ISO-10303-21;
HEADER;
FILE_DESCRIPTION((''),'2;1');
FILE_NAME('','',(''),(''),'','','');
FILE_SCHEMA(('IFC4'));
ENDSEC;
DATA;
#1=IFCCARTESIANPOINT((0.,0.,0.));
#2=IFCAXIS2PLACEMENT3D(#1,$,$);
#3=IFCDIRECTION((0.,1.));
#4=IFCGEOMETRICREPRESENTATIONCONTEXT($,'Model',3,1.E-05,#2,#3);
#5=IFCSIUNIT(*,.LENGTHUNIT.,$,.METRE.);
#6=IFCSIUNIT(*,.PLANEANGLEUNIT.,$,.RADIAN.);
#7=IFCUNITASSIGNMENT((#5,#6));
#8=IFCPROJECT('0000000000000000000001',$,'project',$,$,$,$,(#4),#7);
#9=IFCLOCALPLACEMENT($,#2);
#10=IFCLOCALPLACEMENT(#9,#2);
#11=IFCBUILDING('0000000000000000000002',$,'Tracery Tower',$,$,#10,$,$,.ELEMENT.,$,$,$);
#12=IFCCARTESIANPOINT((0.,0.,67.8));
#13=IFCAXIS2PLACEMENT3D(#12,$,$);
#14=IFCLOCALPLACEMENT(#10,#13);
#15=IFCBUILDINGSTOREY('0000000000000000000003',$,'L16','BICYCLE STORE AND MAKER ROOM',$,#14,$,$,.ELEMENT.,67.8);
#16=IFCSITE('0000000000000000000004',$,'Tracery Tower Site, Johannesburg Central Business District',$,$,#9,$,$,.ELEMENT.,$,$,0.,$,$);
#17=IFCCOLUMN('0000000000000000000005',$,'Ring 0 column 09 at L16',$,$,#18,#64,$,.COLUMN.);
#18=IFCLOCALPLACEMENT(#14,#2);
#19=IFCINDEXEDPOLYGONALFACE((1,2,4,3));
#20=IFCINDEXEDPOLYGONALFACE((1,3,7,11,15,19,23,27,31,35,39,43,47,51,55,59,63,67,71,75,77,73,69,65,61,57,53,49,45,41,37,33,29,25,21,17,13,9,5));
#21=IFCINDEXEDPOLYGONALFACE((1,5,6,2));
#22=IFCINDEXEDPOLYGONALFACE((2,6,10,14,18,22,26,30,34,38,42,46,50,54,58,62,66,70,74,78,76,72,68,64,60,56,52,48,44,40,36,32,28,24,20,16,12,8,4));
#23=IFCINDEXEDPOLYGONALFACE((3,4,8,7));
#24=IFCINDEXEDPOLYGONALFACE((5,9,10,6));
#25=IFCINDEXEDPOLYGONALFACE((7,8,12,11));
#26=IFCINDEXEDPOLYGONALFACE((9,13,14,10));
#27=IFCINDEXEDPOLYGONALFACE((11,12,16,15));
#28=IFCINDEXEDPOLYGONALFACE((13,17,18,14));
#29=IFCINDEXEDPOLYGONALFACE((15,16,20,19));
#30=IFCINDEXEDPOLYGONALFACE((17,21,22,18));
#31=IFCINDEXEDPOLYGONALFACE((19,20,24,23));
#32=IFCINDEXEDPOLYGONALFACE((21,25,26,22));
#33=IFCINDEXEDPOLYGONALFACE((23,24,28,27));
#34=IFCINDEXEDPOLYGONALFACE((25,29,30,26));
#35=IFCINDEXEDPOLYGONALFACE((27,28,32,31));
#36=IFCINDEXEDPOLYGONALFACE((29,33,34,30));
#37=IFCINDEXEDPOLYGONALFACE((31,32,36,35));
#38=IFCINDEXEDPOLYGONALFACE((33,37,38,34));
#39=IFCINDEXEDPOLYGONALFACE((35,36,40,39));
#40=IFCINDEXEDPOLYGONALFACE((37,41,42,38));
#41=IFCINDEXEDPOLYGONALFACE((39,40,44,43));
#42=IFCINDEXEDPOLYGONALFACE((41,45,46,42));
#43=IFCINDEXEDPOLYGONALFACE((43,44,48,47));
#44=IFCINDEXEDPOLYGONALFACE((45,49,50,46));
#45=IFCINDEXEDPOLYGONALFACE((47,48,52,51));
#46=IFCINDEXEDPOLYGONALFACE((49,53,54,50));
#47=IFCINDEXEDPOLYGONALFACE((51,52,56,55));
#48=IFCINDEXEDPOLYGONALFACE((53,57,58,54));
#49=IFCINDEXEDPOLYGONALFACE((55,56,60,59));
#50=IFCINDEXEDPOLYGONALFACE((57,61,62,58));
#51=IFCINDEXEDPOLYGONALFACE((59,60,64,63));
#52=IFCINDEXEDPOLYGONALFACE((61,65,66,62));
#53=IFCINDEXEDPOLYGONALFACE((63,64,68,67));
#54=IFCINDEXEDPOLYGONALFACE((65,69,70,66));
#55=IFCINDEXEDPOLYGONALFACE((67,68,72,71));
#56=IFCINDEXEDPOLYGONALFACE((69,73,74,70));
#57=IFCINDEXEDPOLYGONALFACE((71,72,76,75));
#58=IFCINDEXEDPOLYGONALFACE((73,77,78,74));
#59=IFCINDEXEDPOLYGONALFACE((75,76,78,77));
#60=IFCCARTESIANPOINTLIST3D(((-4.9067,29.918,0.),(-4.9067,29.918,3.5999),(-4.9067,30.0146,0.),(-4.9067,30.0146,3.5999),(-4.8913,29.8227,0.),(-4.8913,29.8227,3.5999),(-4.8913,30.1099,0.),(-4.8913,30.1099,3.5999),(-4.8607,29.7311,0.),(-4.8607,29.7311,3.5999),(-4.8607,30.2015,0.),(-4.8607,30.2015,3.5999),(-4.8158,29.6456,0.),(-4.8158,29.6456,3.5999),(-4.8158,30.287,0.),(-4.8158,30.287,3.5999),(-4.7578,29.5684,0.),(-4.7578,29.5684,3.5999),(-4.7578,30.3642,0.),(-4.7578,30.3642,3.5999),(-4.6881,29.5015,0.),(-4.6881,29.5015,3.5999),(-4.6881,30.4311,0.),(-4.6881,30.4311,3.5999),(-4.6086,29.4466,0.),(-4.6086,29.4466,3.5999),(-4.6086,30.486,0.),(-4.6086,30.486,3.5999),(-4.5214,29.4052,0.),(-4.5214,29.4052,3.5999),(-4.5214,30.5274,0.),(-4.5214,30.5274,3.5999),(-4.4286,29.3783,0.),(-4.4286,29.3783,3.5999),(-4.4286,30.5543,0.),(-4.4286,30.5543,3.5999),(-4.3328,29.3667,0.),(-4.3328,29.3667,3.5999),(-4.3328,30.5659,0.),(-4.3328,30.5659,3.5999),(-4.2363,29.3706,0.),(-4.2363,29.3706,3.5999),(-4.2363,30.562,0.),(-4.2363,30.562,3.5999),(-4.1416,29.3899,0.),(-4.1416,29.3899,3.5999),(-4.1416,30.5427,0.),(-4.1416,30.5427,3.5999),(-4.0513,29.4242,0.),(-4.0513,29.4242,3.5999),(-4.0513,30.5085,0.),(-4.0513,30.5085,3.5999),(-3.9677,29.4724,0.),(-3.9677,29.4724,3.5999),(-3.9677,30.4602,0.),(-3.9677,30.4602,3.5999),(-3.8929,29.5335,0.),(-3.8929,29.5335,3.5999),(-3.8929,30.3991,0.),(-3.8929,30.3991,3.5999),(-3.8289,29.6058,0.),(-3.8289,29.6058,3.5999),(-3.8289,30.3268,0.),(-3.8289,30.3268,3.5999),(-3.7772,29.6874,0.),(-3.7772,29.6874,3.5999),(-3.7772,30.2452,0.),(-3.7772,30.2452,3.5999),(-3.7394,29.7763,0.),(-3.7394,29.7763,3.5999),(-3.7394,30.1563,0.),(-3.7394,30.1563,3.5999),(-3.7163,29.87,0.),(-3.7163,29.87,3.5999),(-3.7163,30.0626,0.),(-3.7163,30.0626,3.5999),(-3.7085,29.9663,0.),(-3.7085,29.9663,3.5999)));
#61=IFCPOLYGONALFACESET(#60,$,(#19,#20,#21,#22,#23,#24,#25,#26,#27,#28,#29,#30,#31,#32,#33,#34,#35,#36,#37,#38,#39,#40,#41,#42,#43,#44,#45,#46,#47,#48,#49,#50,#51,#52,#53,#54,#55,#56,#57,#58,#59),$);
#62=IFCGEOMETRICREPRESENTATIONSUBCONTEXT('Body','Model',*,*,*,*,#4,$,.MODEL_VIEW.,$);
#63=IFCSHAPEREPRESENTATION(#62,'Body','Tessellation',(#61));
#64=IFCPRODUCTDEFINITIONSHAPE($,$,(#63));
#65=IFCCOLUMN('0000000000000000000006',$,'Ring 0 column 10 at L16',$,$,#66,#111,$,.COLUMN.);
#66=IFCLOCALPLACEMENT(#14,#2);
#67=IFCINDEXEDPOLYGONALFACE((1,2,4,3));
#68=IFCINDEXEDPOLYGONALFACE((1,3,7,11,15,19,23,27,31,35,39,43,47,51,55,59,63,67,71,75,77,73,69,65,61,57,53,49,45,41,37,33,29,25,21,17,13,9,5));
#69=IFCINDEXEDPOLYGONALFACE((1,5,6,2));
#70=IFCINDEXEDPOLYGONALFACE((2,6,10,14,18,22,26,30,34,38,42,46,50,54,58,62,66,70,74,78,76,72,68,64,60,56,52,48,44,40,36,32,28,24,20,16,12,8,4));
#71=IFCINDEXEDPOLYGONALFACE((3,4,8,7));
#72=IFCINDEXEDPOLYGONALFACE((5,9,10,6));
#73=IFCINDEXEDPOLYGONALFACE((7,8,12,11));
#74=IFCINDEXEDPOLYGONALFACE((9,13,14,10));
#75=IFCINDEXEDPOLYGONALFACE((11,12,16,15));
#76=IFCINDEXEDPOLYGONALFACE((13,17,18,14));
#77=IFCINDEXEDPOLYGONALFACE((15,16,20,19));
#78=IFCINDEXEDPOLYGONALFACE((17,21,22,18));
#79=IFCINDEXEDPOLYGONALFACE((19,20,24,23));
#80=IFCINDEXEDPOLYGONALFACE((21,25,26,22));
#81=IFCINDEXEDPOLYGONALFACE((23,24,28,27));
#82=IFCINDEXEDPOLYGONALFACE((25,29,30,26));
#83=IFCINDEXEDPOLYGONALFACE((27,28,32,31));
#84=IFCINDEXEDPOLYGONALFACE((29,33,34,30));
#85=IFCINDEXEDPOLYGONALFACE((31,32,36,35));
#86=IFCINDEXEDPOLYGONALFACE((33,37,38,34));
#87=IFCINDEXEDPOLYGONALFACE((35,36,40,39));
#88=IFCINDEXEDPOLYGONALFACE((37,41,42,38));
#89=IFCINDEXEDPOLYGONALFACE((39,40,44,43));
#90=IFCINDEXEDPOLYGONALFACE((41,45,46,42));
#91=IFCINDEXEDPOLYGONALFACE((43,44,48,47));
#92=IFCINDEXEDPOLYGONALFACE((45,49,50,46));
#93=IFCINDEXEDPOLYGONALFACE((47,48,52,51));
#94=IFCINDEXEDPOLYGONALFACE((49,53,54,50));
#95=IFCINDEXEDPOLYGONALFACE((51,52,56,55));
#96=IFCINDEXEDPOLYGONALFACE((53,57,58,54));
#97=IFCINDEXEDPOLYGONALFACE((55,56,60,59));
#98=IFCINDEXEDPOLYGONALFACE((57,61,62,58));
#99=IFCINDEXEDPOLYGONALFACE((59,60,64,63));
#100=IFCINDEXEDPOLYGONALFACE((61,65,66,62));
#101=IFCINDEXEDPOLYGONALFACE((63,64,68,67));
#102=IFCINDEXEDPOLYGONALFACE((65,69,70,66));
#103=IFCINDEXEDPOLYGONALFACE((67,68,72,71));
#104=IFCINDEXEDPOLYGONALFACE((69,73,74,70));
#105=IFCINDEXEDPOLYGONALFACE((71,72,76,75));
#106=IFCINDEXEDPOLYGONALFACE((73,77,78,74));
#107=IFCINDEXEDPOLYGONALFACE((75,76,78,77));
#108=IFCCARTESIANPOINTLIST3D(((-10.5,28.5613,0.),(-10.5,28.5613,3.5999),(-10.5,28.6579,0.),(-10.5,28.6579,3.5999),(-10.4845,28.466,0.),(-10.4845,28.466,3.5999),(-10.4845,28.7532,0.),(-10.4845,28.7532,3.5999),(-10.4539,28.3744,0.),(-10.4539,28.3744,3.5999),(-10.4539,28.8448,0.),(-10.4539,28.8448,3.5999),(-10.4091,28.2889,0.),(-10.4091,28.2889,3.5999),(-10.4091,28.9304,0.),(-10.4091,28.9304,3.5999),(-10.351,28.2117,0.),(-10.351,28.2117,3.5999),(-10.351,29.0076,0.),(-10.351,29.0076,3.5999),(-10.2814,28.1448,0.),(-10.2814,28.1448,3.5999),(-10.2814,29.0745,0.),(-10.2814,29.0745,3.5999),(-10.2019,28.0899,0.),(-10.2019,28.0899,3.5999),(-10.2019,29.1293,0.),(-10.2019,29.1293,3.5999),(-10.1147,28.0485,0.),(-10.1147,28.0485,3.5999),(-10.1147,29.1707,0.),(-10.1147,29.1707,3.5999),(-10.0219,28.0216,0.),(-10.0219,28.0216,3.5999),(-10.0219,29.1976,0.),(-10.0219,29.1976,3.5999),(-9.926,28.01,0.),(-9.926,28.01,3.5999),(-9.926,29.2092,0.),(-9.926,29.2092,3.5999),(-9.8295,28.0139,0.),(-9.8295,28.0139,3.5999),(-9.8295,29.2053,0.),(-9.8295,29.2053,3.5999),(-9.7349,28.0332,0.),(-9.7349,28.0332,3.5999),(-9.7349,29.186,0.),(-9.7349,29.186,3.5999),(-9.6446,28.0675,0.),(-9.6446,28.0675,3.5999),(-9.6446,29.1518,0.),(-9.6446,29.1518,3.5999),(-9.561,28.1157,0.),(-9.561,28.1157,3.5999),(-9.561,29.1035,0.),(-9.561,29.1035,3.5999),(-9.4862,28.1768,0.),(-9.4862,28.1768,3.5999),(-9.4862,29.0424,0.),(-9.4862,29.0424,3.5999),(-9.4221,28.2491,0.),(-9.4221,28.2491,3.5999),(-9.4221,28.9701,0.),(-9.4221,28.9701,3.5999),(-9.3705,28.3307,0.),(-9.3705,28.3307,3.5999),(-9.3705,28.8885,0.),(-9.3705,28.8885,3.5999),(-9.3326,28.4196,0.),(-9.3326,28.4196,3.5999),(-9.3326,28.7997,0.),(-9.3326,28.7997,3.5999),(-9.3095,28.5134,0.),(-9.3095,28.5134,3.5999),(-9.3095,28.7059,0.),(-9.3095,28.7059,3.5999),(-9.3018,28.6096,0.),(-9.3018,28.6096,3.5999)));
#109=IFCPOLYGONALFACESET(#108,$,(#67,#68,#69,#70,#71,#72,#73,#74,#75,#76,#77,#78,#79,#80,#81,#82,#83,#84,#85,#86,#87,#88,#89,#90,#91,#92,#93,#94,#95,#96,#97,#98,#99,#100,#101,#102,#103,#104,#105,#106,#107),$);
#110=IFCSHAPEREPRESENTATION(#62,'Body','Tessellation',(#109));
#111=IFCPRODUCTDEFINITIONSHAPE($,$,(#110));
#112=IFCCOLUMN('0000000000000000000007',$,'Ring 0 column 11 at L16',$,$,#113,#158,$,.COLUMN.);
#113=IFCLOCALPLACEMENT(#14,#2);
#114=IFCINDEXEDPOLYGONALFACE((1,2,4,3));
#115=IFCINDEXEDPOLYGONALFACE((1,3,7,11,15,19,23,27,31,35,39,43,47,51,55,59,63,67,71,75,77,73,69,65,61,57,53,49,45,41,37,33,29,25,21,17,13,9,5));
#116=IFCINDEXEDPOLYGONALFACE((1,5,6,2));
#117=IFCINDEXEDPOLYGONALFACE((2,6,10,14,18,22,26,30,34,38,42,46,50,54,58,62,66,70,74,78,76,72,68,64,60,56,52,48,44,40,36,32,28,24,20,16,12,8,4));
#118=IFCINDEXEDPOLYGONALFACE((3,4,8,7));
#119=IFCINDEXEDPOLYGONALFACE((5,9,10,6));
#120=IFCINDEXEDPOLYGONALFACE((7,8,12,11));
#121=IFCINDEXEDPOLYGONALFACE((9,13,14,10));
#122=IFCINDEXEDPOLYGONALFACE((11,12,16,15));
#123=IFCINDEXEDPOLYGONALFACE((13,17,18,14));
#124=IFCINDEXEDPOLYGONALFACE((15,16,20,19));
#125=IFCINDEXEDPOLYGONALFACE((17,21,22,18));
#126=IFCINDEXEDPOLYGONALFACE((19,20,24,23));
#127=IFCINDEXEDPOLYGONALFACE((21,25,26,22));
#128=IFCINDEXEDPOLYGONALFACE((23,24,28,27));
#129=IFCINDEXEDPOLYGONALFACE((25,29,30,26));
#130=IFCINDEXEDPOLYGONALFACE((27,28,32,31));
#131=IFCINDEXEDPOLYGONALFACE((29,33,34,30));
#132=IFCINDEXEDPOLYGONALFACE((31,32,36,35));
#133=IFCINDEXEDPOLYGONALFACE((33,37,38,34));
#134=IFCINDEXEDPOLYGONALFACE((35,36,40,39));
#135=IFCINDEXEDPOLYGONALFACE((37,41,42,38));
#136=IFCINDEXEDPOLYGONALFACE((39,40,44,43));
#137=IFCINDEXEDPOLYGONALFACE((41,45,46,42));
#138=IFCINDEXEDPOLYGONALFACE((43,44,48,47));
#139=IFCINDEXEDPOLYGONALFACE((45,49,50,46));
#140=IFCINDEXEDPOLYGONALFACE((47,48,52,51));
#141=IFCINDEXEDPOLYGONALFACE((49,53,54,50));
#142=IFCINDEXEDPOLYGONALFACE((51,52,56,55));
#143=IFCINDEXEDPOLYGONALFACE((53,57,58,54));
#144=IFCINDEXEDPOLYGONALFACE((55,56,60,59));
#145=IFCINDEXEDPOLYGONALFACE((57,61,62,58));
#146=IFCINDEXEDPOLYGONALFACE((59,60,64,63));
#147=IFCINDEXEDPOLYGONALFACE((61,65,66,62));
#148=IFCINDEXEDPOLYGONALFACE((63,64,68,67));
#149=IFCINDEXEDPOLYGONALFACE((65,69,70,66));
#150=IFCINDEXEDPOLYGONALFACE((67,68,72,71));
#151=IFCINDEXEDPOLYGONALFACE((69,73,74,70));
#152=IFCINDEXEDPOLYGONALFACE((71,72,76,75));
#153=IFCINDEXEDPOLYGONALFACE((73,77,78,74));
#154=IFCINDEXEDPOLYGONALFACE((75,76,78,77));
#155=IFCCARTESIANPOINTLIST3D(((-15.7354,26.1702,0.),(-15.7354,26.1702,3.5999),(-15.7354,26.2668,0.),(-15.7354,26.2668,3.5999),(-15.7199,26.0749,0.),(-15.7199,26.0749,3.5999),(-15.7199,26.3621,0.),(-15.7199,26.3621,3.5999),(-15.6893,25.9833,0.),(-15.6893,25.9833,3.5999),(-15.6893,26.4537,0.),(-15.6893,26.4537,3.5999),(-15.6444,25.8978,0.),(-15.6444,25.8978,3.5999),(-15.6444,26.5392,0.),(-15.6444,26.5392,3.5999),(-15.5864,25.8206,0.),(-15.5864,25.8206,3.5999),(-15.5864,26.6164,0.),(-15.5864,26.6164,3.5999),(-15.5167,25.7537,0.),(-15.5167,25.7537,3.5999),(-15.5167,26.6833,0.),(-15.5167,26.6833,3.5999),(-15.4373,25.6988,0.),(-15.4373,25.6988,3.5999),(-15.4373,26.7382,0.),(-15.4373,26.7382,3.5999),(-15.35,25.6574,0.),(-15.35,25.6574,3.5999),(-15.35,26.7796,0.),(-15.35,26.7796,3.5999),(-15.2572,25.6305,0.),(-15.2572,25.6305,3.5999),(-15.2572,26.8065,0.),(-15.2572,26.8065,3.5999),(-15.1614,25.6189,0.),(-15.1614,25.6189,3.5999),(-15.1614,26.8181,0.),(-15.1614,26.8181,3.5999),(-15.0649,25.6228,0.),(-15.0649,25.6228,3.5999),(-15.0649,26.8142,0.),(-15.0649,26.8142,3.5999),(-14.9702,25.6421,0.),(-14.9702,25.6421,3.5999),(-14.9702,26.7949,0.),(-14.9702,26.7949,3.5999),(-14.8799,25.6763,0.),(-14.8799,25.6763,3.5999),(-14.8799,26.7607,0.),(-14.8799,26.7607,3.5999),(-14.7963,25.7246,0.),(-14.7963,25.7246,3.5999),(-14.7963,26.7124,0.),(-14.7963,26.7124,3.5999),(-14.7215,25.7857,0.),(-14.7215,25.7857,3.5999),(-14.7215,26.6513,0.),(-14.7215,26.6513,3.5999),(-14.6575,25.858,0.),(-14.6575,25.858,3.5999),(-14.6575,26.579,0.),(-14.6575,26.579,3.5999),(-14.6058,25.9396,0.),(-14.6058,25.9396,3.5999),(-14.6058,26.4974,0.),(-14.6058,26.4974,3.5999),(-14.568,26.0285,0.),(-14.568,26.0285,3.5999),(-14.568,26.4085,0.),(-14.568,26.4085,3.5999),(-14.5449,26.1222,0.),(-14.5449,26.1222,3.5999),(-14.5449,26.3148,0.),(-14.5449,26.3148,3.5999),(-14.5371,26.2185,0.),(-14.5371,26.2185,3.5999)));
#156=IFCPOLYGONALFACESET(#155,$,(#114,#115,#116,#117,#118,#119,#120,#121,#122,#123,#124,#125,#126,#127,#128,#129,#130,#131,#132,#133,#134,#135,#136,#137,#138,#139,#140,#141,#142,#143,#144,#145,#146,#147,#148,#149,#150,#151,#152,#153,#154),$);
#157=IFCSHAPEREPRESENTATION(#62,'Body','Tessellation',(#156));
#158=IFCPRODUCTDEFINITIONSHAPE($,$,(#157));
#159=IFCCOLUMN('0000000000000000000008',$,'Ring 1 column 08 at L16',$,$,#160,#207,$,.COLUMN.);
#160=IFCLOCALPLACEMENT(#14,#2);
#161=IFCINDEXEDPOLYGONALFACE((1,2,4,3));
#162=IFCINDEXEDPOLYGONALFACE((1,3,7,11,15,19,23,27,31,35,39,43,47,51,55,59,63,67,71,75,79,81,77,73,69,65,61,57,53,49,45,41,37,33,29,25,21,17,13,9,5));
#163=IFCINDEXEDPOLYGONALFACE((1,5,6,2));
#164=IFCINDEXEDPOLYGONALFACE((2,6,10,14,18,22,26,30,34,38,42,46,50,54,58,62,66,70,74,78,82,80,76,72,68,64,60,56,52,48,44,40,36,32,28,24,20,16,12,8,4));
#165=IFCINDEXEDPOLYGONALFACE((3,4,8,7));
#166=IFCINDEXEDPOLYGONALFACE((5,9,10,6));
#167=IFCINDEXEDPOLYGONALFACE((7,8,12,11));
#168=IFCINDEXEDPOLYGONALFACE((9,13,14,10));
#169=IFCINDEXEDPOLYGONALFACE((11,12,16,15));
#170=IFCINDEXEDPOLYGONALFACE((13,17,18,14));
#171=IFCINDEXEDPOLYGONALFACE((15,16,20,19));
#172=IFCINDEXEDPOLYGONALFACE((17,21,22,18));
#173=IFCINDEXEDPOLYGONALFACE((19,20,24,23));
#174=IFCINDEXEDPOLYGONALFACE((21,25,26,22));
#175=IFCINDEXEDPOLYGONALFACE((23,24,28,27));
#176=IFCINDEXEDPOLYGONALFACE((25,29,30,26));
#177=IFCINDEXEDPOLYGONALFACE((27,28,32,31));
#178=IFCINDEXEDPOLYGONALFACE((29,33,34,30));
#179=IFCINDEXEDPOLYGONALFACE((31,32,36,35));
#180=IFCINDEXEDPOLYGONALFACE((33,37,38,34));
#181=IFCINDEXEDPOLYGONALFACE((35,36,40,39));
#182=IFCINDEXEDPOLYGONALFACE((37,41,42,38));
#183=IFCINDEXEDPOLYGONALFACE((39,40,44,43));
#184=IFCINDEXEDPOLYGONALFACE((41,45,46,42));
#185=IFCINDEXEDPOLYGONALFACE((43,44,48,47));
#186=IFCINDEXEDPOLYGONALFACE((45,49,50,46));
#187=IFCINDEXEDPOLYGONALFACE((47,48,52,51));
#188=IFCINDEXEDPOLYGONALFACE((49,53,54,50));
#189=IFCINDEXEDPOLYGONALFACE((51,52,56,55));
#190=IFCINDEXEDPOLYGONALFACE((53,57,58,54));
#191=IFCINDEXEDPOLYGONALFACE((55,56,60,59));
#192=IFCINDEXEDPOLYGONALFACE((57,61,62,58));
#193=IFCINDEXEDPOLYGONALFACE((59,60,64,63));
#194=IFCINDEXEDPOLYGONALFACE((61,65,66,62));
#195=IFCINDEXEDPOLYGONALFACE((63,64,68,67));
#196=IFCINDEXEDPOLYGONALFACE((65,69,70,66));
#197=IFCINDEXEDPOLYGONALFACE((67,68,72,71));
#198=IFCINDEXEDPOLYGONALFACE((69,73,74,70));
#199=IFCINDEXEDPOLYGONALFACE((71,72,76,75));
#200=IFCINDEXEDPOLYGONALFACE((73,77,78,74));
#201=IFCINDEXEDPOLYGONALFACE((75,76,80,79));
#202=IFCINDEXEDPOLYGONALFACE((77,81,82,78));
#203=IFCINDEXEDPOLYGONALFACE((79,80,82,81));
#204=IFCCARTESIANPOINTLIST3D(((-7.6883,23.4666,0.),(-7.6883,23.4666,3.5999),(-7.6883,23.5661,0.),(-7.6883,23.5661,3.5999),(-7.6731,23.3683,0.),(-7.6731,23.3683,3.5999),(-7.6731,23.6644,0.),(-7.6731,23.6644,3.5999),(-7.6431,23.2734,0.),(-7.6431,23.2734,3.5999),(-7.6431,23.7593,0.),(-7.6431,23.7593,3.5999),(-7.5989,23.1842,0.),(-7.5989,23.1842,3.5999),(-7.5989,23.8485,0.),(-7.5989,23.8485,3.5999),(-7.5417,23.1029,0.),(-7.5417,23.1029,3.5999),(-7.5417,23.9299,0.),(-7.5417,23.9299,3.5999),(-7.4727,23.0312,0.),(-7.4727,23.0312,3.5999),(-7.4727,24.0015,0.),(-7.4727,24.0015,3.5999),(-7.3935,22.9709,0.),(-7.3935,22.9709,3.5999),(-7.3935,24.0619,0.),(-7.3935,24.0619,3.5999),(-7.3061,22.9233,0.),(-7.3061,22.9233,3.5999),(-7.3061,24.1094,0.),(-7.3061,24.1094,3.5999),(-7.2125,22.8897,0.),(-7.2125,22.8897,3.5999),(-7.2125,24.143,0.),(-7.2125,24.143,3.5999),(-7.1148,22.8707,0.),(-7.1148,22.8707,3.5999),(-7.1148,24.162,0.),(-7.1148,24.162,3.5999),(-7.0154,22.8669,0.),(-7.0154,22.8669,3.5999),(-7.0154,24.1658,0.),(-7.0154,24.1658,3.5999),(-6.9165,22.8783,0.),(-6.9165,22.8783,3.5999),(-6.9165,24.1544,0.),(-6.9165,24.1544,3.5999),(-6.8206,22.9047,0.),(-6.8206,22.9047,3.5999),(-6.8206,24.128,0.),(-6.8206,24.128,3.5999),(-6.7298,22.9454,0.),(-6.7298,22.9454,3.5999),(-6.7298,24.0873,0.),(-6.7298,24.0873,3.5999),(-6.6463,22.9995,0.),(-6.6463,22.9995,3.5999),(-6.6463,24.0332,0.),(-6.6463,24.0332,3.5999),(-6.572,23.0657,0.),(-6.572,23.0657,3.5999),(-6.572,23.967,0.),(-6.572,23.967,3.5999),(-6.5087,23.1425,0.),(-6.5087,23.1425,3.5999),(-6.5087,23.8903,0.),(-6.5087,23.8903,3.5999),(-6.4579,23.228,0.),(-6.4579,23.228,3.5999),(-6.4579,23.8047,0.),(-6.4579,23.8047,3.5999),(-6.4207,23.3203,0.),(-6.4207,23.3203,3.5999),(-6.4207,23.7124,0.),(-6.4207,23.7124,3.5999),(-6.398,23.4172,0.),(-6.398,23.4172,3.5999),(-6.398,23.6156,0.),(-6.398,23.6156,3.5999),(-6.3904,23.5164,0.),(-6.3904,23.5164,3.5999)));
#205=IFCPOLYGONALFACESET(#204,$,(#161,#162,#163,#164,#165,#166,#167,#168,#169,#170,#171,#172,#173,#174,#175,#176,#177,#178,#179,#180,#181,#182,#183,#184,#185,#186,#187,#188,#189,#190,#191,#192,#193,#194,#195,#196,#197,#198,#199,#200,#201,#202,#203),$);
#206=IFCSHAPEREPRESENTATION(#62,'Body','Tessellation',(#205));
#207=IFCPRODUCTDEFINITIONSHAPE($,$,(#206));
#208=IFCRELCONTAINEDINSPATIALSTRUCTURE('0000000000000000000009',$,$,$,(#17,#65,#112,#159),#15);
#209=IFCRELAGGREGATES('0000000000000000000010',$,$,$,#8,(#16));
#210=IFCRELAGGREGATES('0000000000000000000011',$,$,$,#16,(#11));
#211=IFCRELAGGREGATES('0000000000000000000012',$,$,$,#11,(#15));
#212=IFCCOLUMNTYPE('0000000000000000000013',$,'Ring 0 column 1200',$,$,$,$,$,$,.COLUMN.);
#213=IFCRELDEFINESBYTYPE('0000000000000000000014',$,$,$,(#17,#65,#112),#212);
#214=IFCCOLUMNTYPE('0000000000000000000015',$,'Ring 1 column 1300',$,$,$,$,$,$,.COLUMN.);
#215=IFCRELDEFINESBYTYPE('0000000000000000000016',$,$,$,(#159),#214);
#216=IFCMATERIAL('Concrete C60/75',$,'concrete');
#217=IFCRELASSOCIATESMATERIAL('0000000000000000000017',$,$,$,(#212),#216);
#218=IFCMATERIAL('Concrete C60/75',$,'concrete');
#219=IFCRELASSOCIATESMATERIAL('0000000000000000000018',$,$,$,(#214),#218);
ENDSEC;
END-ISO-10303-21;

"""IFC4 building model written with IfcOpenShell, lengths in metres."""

from ifc_helpers import new_model, si_unit, direction, frame, origin, origin_2d, place, context, subcontext, project, spatial, circle, extrude, material, material_profile, profile_set, type_object, element, save


model = new_model("IFC4")

# Units and contexts
model_context = context("Model", 3, precision=1e-05, world=origin(), true_north=direction((0.0, 1.0)))
body_context = subcontext(model_context, "Body", "Model", "MODEL_VIEW")
ifc_project = project(units=[si_unit("LENGTHUNIT", "METRE"), si_unit("PLANEANGLEUNIT", "RADIAN")], contexts=[model_context])

# Site, building, storey
site_placement = place(None, origin())
site = spatial("IfcSite", under=ifc_project, at=site_placement, Name="Tracery Tower Site, Johannesburg Central Business District", CompositionType="ELEMENT", RefElevation=0.0)
building_placement = place(site_placement, origin())
building = spatial("IfcBuilding", under=site, at=building_placement, Name="Tracery Tower", CompositionType="ELEMENT")
storey_placement = place(building_placement, frame((0.0, 0.0, 67.8)))
storey = spatial("IfcBuildingStorey", under=building, at=storey_placement, Name="L16", Description="BICYCLE STORE AND MAKER ROOM", CompositionType="ELEMENT", Elevation=67.8)

# Columns
ifc_material_1 = material(Name="Concrete C60/75", Category="concrete")
ifc_material_profile_1 = material_profile(ifc_material_1, circle(Radius=0.6001, at=origin_2d()), Name="RC D1200")
ifc_profile_set_1 = profile_set([ifc_material_profile_1], Name="Concrete C60/75")
column_type_1 = type_object("IfcColumnType", Name="Ring 0 column 1200", PredefinedType="COLUMN", material=ifc_profile_set_1)
for number, where, z_axis, x_axis, name in (
    (1, (-4.3086, 29.9663, 0.0), (0.0, 0.0, 1.0), (1.0, 0.0, 0.0), "Ring 0 column 09 at L16"),
    (2, (-9.9019, 28.6096, 0.0), (0.0, 0.0, 1.0), (1.0, 0.0, 0.0), "Ring 0 column 10 at L16"),
    (3, (-15.1372, 26.2185, 0.0), (0.0, 0.0, 1.0), (1.0, 0.0, 0.0), "Ring 0 column 11 at L16"),
):
    element("IfcColumn", number, at=place(storey_placement, frame(where, z_axis=z_axis, x_axis=x_axis)), inside=storey, type_object=column_type_1, Name=name, PredefinedType="COLUMN", context=body_context, shape_type="SweptSolid", body=[
        extrude(circle(Radius=0.6001, at=origin_2d()), origin(), (0.0, 0.0, 1.0), 3.5999),
    ])
ifc_material_2 = material(Name="Concrete C60/75", Category="concrete")
ifc_material_profile_2 = material_profile(ifc_material_2, circle(Radius=0.6499, at=origin_2d()), Name="RC D1300")
ifc_profile_set_2 = profile_set([ifc_material_profile_2], Name="Concrete C60/75")
column_type_2 = type_object("IfcColumnType", Name="Ring 1 column 1300", PredefinedType="COLUMN", material=ifc_profile_set_2)
for number, where, z_axis, x_axis, name in (
    (4, (-7.0403, 23.5164, 0.0), (0.0, 0.0, 1.0), (1.0, 0.0, 0.0), "Ring 1 column 08 at L16"),
):
    element("IfcColumn", number, at=place(storey_placement, frame(where, z_axis=z_axis, x_axis=x_axis)), inside=storey, type_object=column_type_2, Name=name, PredefinedType="COLUMN", context=body_context, shape_type="SweptSolid", body=[
        extrude(circle(Radius=0.6499, at=origin_2d()), origin(), (0.0, 0.0, 1.0), 3.5999),
    ])

save(model, "model.ifc")
